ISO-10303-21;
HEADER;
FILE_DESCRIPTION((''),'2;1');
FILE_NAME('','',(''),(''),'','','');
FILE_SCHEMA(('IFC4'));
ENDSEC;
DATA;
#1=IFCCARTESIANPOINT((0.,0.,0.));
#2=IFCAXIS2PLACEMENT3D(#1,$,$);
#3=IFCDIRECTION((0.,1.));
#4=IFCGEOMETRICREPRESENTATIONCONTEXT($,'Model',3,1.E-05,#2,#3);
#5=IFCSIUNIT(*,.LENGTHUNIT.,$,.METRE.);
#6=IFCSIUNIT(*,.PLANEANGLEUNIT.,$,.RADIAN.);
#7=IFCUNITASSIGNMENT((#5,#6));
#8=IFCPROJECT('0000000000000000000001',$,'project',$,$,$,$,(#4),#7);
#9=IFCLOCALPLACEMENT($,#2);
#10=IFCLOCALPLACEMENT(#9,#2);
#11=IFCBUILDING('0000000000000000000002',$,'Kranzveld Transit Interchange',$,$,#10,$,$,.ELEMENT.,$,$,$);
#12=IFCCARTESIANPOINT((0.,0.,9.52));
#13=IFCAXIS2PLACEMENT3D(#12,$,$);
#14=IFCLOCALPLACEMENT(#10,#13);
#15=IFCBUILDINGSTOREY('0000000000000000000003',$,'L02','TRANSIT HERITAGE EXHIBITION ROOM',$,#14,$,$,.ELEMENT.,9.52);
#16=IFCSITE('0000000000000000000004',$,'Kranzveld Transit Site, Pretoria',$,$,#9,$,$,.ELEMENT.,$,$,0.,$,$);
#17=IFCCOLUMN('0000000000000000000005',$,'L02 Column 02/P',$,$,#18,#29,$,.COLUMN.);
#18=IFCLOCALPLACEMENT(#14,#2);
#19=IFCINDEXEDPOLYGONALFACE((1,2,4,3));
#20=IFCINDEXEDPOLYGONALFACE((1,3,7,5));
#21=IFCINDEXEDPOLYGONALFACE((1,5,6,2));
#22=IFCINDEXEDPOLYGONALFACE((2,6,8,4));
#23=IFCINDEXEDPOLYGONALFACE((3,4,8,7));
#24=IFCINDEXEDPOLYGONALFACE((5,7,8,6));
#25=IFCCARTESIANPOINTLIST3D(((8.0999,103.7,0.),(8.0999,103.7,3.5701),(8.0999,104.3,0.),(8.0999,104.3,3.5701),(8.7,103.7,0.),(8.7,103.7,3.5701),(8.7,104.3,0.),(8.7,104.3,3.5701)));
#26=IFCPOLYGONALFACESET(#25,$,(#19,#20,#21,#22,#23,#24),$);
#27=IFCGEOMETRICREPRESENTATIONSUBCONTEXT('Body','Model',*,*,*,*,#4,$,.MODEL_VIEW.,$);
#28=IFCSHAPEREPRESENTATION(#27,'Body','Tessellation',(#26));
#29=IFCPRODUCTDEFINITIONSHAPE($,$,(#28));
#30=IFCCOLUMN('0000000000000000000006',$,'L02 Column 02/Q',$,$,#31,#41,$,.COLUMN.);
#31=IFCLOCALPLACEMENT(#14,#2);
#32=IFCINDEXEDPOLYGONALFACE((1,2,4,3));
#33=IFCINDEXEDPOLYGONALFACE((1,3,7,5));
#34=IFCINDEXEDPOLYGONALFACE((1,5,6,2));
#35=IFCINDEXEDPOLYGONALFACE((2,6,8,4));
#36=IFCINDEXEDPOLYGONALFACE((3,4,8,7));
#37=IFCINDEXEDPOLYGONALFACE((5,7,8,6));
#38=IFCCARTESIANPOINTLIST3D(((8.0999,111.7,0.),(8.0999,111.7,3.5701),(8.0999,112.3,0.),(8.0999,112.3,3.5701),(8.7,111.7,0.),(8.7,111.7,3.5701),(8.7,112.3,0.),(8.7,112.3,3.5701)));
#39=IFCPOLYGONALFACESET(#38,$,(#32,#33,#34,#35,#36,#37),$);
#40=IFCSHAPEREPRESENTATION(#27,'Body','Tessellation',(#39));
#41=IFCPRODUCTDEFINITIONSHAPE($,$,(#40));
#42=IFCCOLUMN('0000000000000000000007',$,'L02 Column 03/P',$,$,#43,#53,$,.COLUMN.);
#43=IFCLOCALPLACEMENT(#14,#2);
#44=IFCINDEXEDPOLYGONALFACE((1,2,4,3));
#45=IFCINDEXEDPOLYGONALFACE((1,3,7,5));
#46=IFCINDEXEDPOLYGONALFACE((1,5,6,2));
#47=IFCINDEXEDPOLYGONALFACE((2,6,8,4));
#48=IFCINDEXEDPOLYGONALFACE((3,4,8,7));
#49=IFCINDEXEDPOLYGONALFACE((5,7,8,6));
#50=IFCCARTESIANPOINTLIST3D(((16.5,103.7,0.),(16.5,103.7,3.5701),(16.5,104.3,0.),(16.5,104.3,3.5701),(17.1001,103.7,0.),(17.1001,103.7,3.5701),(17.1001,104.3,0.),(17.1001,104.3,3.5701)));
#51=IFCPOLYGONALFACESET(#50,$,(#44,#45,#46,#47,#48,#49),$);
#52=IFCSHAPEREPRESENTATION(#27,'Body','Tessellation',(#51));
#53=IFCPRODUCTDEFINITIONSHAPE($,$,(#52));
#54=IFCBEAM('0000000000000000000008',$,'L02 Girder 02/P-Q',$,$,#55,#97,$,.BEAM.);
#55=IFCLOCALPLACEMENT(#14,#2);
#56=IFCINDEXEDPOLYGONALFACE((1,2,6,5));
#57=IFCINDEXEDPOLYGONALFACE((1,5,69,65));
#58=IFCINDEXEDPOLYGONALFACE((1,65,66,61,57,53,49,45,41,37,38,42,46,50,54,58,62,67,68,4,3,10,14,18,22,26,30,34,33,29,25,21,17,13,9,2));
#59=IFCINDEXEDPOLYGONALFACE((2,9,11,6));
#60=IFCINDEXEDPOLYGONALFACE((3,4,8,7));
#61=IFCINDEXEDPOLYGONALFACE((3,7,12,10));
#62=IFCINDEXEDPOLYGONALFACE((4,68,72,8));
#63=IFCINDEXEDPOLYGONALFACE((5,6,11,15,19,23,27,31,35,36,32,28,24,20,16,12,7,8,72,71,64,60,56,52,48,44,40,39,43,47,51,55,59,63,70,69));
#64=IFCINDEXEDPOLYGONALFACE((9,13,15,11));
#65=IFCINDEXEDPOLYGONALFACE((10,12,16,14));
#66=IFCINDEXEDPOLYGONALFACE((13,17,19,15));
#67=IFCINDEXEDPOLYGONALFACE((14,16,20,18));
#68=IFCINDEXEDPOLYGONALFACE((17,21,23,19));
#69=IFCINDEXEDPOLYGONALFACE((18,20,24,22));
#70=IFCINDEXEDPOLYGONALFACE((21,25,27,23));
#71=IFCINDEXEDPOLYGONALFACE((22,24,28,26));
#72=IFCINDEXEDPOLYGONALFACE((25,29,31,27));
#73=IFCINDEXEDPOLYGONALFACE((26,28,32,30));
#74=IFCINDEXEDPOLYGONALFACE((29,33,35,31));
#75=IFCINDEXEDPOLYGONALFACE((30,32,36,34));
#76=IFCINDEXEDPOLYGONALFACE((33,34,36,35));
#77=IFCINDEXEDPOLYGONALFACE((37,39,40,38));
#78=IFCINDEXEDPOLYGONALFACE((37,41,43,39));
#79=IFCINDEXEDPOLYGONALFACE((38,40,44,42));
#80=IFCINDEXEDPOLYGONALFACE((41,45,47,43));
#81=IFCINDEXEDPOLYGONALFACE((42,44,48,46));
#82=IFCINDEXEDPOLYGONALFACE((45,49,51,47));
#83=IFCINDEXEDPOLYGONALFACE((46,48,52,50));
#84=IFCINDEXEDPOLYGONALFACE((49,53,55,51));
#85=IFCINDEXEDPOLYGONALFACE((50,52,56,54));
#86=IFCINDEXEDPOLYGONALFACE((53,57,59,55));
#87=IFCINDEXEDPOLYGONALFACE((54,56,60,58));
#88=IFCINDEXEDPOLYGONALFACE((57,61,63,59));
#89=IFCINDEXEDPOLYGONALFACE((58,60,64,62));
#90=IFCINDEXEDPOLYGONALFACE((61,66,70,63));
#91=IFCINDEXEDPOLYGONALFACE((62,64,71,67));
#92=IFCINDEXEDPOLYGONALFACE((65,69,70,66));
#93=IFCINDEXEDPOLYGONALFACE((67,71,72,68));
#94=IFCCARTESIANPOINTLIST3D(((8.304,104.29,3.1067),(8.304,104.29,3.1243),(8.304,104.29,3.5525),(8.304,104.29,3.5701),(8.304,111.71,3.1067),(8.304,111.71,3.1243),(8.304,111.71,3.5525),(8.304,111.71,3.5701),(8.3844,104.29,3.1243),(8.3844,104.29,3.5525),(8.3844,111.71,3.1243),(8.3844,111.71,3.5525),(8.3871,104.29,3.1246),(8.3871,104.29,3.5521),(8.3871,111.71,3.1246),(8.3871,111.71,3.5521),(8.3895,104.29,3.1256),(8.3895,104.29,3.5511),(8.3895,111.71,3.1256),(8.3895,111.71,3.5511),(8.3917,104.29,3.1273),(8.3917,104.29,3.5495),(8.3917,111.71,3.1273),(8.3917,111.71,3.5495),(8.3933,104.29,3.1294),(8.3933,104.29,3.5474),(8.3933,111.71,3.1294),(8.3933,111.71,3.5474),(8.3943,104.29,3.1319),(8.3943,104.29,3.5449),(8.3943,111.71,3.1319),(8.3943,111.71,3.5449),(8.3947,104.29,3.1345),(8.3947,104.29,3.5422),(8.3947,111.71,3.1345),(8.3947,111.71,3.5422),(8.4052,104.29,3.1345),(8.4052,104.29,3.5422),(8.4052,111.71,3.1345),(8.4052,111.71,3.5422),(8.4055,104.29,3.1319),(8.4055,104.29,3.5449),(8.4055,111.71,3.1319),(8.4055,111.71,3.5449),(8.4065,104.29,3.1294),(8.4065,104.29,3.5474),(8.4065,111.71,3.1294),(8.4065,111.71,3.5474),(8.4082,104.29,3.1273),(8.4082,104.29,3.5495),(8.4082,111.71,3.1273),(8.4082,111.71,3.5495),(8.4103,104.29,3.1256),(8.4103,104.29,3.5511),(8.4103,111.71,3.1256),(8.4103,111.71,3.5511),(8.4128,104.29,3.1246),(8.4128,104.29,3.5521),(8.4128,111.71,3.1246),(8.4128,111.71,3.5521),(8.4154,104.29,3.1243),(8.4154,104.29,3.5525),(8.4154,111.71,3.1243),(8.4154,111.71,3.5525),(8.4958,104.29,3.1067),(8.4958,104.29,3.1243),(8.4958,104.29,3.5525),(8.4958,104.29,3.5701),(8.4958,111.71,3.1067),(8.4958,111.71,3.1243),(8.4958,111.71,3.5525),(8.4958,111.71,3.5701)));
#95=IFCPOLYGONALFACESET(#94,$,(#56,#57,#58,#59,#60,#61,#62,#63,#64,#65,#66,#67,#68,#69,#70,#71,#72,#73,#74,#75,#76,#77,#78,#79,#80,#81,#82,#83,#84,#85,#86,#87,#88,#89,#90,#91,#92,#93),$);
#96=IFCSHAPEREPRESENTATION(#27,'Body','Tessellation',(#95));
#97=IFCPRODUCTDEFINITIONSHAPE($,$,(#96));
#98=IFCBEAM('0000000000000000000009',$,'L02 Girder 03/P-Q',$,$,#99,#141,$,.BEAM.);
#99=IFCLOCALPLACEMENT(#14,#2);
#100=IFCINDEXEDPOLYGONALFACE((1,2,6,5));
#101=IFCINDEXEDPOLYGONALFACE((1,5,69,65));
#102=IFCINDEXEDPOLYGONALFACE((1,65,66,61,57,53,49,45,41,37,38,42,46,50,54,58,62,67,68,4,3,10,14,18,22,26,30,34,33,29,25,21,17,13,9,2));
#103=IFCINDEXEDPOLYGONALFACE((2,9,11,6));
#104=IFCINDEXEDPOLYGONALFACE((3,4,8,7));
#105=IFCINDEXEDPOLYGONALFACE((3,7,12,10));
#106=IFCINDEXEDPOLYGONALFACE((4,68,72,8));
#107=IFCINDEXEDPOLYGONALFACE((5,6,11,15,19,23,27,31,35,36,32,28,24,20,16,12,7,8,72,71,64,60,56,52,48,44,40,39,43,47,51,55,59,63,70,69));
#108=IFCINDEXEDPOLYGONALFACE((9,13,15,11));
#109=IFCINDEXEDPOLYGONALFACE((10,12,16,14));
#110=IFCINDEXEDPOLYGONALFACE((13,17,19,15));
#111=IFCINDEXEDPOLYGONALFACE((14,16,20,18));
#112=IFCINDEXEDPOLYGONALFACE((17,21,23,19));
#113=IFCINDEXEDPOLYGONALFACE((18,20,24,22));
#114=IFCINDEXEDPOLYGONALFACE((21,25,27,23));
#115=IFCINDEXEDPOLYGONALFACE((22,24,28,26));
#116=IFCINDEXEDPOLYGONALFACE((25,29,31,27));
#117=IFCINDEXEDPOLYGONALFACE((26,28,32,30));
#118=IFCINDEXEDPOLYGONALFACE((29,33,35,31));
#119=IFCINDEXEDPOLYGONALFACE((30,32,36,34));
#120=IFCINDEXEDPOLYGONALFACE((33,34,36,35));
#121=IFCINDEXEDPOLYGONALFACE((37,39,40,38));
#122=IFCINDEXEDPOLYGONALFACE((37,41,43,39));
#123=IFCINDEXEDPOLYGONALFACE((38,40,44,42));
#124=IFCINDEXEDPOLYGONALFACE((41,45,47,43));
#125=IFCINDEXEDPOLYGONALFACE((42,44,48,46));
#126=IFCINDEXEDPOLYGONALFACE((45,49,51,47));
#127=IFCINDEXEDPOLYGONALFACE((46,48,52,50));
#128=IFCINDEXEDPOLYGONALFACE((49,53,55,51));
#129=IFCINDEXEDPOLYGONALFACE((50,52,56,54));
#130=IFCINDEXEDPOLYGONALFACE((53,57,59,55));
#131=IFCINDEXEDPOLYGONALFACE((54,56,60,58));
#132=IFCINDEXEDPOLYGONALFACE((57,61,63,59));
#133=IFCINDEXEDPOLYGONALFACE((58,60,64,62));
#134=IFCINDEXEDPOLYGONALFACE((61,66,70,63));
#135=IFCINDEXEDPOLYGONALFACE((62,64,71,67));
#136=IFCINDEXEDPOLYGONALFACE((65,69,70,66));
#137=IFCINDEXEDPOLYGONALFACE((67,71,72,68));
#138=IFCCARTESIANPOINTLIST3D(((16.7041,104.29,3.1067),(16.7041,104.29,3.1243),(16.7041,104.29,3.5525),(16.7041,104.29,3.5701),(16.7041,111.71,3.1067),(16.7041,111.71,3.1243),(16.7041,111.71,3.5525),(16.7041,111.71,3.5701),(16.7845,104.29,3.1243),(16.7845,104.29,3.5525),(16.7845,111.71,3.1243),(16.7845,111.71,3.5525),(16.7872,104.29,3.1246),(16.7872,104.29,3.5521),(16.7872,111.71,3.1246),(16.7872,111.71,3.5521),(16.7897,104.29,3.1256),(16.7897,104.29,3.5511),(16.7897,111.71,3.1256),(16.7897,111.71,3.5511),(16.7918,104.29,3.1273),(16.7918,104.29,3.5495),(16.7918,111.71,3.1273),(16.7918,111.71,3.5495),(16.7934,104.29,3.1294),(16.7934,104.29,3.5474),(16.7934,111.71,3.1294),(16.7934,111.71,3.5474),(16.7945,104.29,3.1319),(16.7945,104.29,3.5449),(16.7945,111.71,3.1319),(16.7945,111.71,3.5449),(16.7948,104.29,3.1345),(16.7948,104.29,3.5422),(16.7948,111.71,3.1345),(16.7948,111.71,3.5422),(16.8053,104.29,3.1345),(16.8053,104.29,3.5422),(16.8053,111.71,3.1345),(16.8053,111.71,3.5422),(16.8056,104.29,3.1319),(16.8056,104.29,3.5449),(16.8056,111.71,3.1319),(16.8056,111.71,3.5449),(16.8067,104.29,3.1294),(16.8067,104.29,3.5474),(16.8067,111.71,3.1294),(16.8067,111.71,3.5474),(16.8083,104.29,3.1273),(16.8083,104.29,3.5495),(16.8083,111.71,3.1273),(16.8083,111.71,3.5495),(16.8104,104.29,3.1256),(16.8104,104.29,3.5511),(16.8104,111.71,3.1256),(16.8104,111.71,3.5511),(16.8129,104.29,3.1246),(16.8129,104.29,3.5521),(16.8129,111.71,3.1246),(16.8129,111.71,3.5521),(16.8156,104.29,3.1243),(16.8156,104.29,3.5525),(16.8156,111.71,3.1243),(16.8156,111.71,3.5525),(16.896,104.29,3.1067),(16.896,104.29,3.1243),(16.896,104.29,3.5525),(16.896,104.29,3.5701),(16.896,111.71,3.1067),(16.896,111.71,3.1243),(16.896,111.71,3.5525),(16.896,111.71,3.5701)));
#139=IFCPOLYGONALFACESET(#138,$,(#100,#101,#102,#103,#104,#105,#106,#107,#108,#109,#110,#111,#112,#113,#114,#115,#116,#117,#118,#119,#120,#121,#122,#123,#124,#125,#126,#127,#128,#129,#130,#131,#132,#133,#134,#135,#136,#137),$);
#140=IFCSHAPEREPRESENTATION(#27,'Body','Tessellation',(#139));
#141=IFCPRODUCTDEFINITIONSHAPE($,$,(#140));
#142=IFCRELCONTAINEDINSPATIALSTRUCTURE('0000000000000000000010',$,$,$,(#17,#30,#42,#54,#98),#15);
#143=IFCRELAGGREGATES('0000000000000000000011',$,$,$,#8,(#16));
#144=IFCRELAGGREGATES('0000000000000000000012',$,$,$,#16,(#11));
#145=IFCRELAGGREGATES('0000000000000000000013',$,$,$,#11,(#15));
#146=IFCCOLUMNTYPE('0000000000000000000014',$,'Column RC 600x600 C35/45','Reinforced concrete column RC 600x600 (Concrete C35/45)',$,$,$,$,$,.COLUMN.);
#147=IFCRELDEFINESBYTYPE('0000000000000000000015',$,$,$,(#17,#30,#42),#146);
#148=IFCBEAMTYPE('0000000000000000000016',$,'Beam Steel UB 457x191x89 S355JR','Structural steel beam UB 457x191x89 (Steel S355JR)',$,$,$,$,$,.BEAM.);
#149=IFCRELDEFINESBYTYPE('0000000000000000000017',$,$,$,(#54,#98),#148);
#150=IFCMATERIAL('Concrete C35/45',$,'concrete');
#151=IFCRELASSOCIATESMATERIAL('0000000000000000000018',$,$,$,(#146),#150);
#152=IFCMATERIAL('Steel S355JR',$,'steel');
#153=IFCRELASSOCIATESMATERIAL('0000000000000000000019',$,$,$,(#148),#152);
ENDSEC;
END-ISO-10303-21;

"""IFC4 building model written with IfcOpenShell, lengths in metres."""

from ifc_helpers import new_model, si_unit, direction, frame, origin, origin_2d, place, context, subcontext, project, spatial, rectangle, i_section, extrude, material, material_profile, profile_set, type_object, element, save


model = new_model("IFC4")

# Units and contexts
model_context = context("Model", 3, precision=1e-05, world=origin(), true_north=direction((0.0, 1.0)))
body_context = subcontext(model_context, "Body", "Model", "MODEL_VIEW")
ifc_project = project(units=[si_unit("LENGTHUNIT", "METRE"), si_unit("PLANEANGLEUNIT", "RADIAN")], contexts=[model_context])

# Site, building, storey
site_placement = place(None, origin())
site = spatial("IfcSite", under=ifc_project, at=site_placement, Name="Kranzveld Transit Site, Pretoria", CompositionType="ELEMENT", RefElevation=0.0)
building_placement = place(site_placement, origin())
building = spatial("IfcBuilding", under=site, at=building_placement, Name="Kranzveld Transit Interchange", CompositionType="ELEMENT")
storey_placement = place(building_placement, frame((0.0, 0.0, 9.52)))
storey = spatial("IfcBuildingStorey", under=building, at=storey_placement, Name="L02", Description="TRANSIT HERITAGE EXHIBITION ROOM", CompositionType="ELEMENT", Elevation=9.52)

# Columns
ifc_material_1 = material(Name="Concrete C35/45", Category="concrete")
ifc_material_profile_1 = material_profile(ifc_material_1, rectangle(XDim=0.6001, YDim=0.6001, at=origin_2d()), Name="RC 600x600")
ifc_profile_set_1 = profile_set([ifc_material_profile_1], Name="Concrete C35/45")
column_type = type_object("IfcColumnType", Name="Column RC 600x600 C35/45", Description="Reinforced concrete column RC 600x600 (Concrete C35/45)", PredefinedType="COLUMN", material=ifc_profile_set_1)
for number, where, z_axis, x_axis, name in (
    (1, (8.3999, 104.0, 0.0), (0.0, 0.0, 1.0), (1.0, 0.0, 0.0), "L02 Column 02/P"),
    (2, (8.3999, 112.0, 0.0), (0.0, 0.0, 1.0), (1.0, 0.0, 0.0), "L02 Column 02/Q"),
    (3, (16.8, 104.0, 0.0), (0.0, 0.0, 1.0), (1.0, 0.0, 0.0), "L02 Column 03/P"),
):
    element("IfcColumn", number, at=place(storey_placement, frame(where, z_axis=z_axis, x_axis=x_axis)), inside=storey, type_object=column_type, Name=name, PredefinedType="COLUMN", context=body_context, shape_type="SweptSolid", body=[
        extrude(rectangle(XDim=0.6001, YDim=0.6001, at=origin_2d()), origin(), (0.0, 0.0, 1.0), 3.5701),
    ])

# Beams
ifc_material_2 = material(Name="Steel S355JR", Category="steel")
ifc_material_profile_2 = material_profile(ifc_material_2, i_section(OverallWidth=0.1919, OverallDepth=0.4634, WebThickness=0.0105, FlangeThickness=0.0176, FilletRadius=0.0103, at=origin_2d()), Name="UB 457x191x89")
ifc_profile_set_2 = profile_set([ifc_material_profile_2], Name="Steel S355JR")
beam_type_1 = type_object("IfcBeamType", Name="Beam Steel UB 457x191x89 S355JR", Description="Structural steel beam UB 457x191x89 (Steel S355JR)", PredefinedType="BEAM", material=ifc_profile_set_2)
for number, where, z_axis, x_axis, name in (
    (4, (8.3999, 104.29, 3.3384), (0.0, 1.0, 0.0), (-1.0, 0.0, 0.0), "L02 Girder 02/P-Q"),
    (5, (16.8, 104.29, 3.3384), (0.0, 1.0, 0.0), (-1.0, 0.0, 0.0), "L02 Girder 03/P-Q"),
):
    element("IfcBeam", number, at=place(storey_placement, frame(where, z_axis=z_axis, x_axis=x_axis)), inside=storey, type_object=beam_type_1, Name=name, PredefinedType="BEAM", context=body_context, shape_type="SweptSolid", body=[
        extrude(i_section(OverallWidth=0.1919, OverallDepth=0.4634, WebThickness=0.0105, FlangeThickness=0.0176, FilletRadius=0.0103, at=origin_2d()), origin(), (0.0, 0.0, 1.0), 7.4199),
    ])

save(model, "model.ifc")
